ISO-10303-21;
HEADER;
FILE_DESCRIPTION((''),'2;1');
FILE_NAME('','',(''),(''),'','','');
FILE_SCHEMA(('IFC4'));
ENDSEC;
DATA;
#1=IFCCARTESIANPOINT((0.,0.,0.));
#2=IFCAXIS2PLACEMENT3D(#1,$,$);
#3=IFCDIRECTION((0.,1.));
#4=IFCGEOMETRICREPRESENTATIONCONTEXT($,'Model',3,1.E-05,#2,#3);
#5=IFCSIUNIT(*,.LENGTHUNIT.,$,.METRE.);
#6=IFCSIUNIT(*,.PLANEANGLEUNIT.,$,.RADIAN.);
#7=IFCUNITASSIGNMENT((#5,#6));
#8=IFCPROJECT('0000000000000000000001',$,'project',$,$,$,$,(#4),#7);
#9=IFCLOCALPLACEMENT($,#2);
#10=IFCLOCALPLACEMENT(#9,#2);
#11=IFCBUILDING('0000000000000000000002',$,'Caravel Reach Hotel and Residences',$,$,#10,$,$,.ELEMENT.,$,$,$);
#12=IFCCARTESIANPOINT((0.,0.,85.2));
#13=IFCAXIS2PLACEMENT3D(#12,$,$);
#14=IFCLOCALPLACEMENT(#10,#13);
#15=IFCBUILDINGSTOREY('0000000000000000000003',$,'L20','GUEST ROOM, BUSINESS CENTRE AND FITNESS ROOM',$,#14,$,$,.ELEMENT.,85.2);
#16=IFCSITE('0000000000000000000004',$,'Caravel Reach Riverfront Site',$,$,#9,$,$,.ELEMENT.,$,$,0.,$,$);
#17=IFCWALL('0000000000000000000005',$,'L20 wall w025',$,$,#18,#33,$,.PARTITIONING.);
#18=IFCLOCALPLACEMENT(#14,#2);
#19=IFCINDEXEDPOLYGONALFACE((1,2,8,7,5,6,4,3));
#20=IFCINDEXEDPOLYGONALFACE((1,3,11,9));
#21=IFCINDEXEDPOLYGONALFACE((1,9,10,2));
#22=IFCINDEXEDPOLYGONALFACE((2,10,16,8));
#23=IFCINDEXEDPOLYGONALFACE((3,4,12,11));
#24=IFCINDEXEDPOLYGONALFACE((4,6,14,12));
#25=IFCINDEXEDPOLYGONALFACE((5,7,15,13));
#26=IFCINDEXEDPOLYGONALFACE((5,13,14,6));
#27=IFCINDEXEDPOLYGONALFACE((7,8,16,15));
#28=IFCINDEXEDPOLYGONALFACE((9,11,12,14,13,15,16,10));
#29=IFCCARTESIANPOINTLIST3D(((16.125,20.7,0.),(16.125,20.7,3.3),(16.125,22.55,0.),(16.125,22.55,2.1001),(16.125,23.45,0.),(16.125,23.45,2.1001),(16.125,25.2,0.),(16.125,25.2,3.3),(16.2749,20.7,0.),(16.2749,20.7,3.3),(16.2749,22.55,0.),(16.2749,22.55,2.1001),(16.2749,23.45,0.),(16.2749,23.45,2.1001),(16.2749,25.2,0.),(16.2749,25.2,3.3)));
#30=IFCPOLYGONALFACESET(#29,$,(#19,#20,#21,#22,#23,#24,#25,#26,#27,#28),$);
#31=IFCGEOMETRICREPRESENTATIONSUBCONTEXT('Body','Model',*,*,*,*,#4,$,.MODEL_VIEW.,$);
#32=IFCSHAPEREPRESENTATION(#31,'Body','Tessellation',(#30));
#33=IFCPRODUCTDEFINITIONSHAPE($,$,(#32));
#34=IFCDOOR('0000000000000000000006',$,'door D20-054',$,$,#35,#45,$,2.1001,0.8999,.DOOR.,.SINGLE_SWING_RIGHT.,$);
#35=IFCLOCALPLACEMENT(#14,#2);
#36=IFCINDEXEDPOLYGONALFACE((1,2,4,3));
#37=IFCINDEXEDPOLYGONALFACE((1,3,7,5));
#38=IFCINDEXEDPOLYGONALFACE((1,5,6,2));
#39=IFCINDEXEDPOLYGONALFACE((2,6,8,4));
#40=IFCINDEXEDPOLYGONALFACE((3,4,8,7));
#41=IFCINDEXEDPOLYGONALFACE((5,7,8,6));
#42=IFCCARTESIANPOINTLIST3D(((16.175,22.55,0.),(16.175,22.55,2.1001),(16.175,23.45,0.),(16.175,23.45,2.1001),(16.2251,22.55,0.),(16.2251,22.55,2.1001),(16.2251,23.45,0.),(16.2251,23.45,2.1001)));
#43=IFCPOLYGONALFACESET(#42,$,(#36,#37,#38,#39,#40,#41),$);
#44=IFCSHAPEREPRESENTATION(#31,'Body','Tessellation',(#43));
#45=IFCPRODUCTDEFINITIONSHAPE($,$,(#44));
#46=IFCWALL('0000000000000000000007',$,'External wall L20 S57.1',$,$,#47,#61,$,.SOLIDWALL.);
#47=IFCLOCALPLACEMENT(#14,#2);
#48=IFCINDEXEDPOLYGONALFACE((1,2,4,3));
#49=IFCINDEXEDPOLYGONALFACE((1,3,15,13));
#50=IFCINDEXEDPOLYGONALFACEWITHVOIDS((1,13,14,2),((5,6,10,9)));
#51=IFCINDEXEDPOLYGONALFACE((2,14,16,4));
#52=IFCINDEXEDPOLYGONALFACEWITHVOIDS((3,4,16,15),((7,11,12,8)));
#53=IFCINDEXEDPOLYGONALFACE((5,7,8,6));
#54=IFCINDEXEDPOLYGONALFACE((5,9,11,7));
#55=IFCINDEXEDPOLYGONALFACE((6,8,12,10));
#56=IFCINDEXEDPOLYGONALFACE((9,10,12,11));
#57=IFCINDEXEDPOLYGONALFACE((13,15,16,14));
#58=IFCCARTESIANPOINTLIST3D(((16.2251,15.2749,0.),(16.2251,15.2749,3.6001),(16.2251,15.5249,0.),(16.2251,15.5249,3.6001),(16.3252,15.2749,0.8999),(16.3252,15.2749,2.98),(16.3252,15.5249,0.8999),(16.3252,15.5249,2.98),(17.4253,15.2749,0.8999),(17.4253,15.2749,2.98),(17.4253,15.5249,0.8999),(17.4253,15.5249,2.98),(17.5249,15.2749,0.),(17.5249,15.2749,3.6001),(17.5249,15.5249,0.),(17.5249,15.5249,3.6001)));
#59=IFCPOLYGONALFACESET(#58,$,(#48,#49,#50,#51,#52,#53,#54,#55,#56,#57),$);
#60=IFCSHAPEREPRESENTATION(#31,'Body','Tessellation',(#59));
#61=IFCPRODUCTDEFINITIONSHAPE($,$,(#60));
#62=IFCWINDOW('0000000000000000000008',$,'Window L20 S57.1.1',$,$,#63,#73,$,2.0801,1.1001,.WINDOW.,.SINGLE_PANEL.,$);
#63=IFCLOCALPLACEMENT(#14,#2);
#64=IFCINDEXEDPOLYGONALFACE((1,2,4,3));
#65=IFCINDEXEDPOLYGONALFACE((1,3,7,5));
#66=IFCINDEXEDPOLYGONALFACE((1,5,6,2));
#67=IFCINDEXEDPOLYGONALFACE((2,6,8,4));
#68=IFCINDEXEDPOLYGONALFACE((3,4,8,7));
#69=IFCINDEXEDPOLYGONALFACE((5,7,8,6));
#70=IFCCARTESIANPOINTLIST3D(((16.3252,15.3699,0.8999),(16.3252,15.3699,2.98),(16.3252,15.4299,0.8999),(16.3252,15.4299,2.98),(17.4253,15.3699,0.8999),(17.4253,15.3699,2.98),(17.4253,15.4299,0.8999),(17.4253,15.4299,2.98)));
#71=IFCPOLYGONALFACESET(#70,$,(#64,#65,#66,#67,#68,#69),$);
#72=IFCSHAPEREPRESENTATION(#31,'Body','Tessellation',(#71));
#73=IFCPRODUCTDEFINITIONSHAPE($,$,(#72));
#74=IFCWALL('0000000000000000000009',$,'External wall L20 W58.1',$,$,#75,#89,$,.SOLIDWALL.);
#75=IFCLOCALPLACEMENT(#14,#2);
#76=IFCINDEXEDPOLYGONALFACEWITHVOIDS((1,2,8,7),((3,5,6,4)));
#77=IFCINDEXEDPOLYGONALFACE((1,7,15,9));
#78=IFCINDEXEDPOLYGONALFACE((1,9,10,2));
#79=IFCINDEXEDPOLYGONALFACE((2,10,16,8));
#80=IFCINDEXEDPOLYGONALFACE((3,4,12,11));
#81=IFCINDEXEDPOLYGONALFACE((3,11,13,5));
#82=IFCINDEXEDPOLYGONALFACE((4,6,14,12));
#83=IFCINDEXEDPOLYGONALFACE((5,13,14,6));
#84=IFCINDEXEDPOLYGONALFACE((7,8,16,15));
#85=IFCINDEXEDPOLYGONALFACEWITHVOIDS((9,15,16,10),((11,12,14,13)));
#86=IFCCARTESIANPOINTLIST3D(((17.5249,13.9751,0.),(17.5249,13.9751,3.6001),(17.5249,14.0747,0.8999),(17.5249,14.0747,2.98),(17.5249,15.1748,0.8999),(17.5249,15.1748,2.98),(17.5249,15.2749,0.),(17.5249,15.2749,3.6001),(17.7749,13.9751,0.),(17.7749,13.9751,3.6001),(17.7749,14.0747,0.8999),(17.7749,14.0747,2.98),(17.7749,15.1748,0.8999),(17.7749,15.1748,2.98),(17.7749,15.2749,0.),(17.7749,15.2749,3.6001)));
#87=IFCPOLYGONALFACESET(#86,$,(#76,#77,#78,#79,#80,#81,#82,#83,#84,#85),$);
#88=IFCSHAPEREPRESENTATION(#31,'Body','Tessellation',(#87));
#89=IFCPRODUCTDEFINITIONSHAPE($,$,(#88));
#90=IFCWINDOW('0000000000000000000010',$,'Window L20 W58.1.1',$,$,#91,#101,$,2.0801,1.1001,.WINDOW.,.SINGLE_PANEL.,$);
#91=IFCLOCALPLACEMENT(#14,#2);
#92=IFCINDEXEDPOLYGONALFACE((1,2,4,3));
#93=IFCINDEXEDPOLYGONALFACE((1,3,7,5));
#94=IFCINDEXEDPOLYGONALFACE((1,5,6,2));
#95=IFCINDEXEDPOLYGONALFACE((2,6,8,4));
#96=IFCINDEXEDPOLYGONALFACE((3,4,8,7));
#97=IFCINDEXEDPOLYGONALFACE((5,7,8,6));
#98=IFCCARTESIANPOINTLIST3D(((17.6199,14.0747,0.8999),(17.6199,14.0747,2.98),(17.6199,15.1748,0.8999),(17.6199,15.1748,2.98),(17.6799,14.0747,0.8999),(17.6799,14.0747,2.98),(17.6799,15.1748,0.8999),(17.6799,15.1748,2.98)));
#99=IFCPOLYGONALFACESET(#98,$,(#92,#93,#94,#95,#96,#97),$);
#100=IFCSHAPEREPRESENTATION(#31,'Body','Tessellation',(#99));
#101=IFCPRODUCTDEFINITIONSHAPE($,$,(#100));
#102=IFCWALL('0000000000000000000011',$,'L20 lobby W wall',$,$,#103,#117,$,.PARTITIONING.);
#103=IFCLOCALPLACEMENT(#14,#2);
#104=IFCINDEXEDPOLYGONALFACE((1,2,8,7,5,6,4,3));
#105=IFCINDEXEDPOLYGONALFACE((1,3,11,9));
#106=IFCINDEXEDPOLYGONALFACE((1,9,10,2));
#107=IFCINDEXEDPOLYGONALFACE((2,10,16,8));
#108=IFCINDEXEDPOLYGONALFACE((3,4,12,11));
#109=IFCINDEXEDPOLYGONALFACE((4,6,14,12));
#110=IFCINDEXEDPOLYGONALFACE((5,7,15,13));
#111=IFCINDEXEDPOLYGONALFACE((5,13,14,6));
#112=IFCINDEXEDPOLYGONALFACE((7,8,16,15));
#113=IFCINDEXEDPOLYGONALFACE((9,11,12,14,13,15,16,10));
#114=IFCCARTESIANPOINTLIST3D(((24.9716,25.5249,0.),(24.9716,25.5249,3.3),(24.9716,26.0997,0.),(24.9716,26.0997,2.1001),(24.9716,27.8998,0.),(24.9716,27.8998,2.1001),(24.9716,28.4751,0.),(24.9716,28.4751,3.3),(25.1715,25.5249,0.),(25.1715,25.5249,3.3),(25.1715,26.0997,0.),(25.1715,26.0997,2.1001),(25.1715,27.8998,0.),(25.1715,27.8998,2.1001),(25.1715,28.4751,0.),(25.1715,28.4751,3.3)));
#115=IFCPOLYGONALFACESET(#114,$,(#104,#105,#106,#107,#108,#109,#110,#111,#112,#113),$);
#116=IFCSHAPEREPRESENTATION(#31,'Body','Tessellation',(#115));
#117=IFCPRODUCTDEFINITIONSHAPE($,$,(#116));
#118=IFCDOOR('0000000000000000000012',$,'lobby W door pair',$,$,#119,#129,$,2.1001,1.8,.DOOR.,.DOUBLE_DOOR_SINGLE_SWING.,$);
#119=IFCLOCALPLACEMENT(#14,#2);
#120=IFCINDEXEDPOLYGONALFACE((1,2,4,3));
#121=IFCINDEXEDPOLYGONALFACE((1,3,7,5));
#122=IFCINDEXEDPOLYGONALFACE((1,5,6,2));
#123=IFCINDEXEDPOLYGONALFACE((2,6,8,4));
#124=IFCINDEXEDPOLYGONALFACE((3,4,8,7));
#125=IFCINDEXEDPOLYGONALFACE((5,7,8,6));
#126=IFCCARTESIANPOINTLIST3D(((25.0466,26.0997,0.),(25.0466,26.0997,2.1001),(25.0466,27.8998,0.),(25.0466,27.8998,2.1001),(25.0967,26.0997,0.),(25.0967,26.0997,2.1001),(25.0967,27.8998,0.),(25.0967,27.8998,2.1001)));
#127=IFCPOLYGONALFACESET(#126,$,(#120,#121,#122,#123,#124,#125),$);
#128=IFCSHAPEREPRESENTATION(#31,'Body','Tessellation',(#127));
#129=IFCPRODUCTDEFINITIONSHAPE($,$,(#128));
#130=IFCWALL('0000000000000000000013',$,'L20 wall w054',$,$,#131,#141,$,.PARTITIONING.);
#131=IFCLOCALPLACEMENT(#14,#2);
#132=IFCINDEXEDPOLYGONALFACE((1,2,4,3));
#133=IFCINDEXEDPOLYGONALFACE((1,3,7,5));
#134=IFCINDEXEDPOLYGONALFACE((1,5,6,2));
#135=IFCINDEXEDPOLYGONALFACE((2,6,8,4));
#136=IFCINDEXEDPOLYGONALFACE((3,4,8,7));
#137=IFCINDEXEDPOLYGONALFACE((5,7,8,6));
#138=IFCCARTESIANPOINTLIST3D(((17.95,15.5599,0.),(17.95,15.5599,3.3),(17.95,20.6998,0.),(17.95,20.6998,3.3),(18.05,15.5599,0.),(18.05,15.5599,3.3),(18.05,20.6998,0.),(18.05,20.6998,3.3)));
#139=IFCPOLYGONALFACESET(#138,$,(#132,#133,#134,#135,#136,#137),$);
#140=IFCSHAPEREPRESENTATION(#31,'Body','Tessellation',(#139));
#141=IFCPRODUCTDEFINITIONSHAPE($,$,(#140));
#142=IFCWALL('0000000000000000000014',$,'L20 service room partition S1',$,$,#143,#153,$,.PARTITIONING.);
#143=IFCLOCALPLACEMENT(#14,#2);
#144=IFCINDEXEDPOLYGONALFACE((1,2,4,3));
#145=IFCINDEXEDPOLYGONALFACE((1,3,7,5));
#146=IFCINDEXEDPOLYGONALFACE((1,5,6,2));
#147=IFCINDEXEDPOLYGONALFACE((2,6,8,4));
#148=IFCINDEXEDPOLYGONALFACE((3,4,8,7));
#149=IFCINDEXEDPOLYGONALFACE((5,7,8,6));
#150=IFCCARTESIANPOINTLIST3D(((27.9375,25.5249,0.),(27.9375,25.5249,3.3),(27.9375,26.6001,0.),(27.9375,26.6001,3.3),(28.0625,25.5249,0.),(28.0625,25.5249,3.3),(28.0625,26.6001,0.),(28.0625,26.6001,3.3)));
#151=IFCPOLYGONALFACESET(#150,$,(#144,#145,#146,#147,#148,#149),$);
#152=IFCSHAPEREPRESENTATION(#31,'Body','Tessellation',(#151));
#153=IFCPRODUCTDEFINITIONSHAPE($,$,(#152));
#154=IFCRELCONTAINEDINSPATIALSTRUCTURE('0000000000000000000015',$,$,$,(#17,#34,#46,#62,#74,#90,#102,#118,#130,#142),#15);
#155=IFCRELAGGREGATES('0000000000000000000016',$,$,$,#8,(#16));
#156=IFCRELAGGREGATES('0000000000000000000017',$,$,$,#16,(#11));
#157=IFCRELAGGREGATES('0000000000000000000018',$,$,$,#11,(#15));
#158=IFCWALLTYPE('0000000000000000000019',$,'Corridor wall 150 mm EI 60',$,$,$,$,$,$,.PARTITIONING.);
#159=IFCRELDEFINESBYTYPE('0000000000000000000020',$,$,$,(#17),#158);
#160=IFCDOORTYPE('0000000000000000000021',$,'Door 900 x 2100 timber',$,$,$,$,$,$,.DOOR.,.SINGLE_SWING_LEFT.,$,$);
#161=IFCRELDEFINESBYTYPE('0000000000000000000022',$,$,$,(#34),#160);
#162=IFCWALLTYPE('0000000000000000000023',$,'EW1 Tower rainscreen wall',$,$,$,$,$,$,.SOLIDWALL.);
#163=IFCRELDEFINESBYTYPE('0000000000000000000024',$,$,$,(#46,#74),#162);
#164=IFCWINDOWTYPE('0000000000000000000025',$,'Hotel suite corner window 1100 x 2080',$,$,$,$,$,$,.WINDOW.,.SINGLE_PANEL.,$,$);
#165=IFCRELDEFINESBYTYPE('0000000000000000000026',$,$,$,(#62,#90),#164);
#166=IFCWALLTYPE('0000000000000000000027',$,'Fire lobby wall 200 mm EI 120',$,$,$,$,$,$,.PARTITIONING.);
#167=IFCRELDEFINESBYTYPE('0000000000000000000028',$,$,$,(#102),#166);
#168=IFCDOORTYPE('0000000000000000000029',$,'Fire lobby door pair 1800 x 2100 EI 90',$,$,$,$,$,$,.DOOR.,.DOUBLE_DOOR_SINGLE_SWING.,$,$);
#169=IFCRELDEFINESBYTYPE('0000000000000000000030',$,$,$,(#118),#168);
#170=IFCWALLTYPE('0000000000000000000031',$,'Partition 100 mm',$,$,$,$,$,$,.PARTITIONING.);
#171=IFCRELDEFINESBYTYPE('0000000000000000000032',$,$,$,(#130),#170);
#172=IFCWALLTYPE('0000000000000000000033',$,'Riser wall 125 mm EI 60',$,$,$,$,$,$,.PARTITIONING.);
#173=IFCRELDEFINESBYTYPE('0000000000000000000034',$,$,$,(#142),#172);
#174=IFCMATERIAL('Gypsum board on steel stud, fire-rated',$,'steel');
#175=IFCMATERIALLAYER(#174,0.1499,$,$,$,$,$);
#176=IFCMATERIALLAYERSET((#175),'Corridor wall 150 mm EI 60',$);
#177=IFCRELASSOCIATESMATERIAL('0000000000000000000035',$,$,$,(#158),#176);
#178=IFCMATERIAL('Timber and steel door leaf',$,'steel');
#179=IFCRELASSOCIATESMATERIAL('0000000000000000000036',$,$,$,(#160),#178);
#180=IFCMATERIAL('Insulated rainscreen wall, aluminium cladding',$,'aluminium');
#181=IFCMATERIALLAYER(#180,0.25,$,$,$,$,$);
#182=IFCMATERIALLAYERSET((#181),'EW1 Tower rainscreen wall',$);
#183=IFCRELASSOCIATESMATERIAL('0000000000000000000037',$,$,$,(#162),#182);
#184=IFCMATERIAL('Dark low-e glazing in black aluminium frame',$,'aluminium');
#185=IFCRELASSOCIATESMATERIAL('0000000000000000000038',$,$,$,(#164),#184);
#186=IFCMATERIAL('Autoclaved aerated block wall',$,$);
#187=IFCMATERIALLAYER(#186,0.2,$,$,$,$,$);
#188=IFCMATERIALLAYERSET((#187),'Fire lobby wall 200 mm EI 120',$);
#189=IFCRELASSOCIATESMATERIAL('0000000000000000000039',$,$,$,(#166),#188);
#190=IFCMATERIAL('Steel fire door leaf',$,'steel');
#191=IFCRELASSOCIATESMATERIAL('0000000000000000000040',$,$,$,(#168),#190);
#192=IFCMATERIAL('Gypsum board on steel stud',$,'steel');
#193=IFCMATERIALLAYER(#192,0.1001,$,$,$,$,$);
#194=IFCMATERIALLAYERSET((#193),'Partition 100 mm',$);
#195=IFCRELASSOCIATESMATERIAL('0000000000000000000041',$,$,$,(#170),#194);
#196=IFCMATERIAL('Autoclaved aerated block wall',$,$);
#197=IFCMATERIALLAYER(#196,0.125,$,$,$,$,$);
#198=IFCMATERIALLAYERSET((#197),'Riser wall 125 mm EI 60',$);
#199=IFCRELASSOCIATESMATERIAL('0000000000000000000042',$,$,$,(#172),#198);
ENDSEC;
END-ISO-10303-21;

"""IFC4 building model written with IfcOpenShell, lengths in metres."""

from ifc_helpers import new_model, si_unit, direction, frame, frame_2d, origin, place, context, subcontext, project, spatial, rectangle, extrude, material, layer, layer_set, type_object, element, fill, save


model = new_model("IFC4")

# Units and contexts
model_context = context("Model", 3, precision=1e-05, world=origin(), true_north=direction((0.0, 1.0)))
body_context = subcontext(model_context, "Body", "Model", "MODEL_VIEW")
ifc_project = project(units=[si_unit("LENGTHUNIT", "METRE"), si_unit("PLANEANGLEUNIT", "RADIAN")], contexts=[model_context])

# Site, building, storey
site_placement = place(None, origin())
site = spatial("IfcSite", under=ifc_project, at=site_placement, Name="Caravel Reach Riverfront Site", CompositionType="ELEMENT", RefElevation=0.0)
building_placement = place(site_placement, origin())
building = spatial("IfcBuilding", under=site, at=building_placement, Name="Caravel Reach Hotel and Residences", CompositionType="ELEMENT")
storey_placement = place(building_placement, frame((0.0, 0.0, 85.2)))
storey = spatial("IfcBuildingStorey", under=building, at=storey_placement, Name="L20", Description="GUEST ROOM, BUSINESS CENTRE AND FITNESS ROOM", CompositionType="ELEMENT", Elevation=85.2)

# Wall, opening, door
ifc_material_1 = material(Name="Gypsum board on steel stud, fire-rated", Category="steel")
ifc_layer_1 = layer(ifc_material_1, 0.1499)
ifc_layer_set_1 = layer_set([ifc_layer_1], Name="Corridor wall 150 mm EI 60")
wall_type_1 = type_object("IfcWallType", Name="Corridor wall 150 mm EI 60", PredefinedType="PARTITIONING", material=ifc_layer_set_1)
wall_1_placement = place(storey_placement, frame((16.2, 20.7, 0.0), z_axis=(0.0, 0.0, 1.0), x_axis=(0.0, 1.0, 0.0)))
wall_1 = element("IfcWall", 1, at=wall_1_placement, inside=storey, type_object=wall_type_1, Name="L20 wall w025", PredefinedType="PARTITIONING", context=body_context, shape_type="SweptSolid", body=[
    extrude(rectangle(XDim=4.5, YDim=0.1499, at=frame_2d((2.25, 0.0))), origin(), (0.0, 0.0, 1.0), 3.3),
])
opening_1_placement = place(wall_1_placement, frame((1.8501, 0.0, 0.0)))
opening_1 = element("IfcOpeningElement", 2, at=opening_1_placement, cuts=wall_1, PredefinedType="OPENING", context=body_context, shape_type="SweptSolid", body=[
    extrude(rectangle(XDim=0.8999, YDim=2.1001, at=frame_2d((0.45, 1.05))), frame((0.0, 0.085, 0.0), z_axis=(0.0, -1.0, 0.0), x_axis=(1.0, 0.0, 0.0)), (0.0, 0.0, 1.0), 0.1699),
])
ifc_material_2 = material(Name="Timber and steel door leaf", Category="steel")
door_type_1 = type_object("IfcDoorType", Name="Door 900 x 2100 timber", OperationType="SINGLE_SWING_LEFT", PredefinedType="DOOR", material=ifc_material_2)
door_1_placement = place(opening_1_placement, origin())
door_1 = element("IfcDoor", 3, at=door_1_placement, inside=storey, type_object=door_type_1, Name="door D20-054", OperationType="SINGLE_SWING_RIGHT", OverallHeight=2.1001, OverallWidth=0.8999, PredefinedType="DOOR", context=body_context, shape_type="SweptSolid", body=[
    extrude(rectangle(XDim=0.8999, YDim=2.1001, at=frame_2d((0.45, 1.05))), frame((0.0, 0.0249, 0.0), z_axis=(0.0, -1.0, 0.0), x_axis=(1.0, 0.0, 0.0)), (0.0, 0.0, 1.0), 0.05),
])
fill(opening_1, door_1)

# Walls, openings, windows
ifc_material_3 = material(Name="Insulated rainscreen wall, aluminium cladding", Category="aluminium")
ifc_layer_2 = layer(ifc_material_3, 0.25)
ifc_layer_set_2 = layer_set([ifc_layer_2], Name="EW1 Tower rainscreen wall")
wall_type_2 = type_object("IfcWallType", Name="EW1 Tower rainscreen wall", PredefinedType="SOLIDWALL", material=ifc_layer_set_2)
wall_2_placement = place(storey_placement, frame((16.2251, 15.3999, 0.0), z_axis=(0.0, 0.0, 1.0), x_axis=(1.0, 0.0, 0.0)))
wall_2 = element("IfcWall", 4, at=wall_2_placement, inside=storey, type_object=wall_type_2, Name="External wall L20 S57.1", PredefinedType="SOLIDWALL", context=body_context, shape_type="SweptSolid", body=[
    extrude(rectangle(XDim=1.2998, YDim=0.25, at=frame_2d((0.6499, 0.0))), origin(), (0.0, 0.0, 1.0), 3.6001),
])
opening_2_placement = place(wall_2_placement, frame((0.1001, 0.0, 0.8999)))
opening_2 = element("IfcOpeningElement", 5, at=opening_2_placement, cuts=wall_2, PredefinedType="OPENING", context=body_context, shape_type="SweptSolid", body=[
    extrude(rectangle(XDim=1.1001, YDim=2.0801, at=frame_2d((0.55, 1.04))), frame((0.0, 0.135, 0.0), z_axis=(0.0, -1.0, 0.0), x_axis=(1.0, 0.0, 0.0)), (0.0, 0.0, 1.0), 0.27),
])
ifc_material_4 = material(Name="Dark low-e glazing in black aluminium frame", Category="aluminium")
window_type = type_object("IfcWindowType", Name="Hotel suite corner window 1100 x 2080", PartitioningType="SINGLE_PANEL", PredefinedType="WINDOW", material=ifc_material_4)
window_1_placement = place(opening_2_placement, origin())
window_1 = element("IfcWindow", 6, at=window_1_placement, inside=storey, type_object=window_type, Name="Window L20 S57.1.1", OverallHeight=2.0801, OverallWidth=1.1001, PartitioningType="SINGLE_PANEL", PredefinedType="WINDOW", context=body_context, shape_type="SweptSolid", body=[
    extrude(rectangle(XDim=1.1001, YDim=2.0801, at=frame_2d((0.55, 1.04))), frame((0.0, 0.03, 0.0), z_axis=(0.0, -1.0, 0.0), x_axis=(1.0, 0.0, 0.0)), (0.0, 0.0, 1.0), 0.0601),
])
fill(opening_2, window_1)
wall_3_placement = place(storey_placement, frame((17.6499, 15.2749, 0.0), z_axis=(0.0, 0.0, 1.0), x_axis=(0.0, -1.0, 0.0)))
wall_3 = element("IfcWall", 7, at=wall_3_placement, inside=storey, type_object=wall_type_2, Name="External wall L20 W58.1", PredefinedType="SOLIDWALL", context=body_context, shape_type="SweptSolid", body=[
    extrude(rectangle(XDim=1.2998, YDim=0.25, at=frame_2d((0.6499, 0.0))), origin(), (0.0, 0.0, 1.0), 3.6001),
])
opening_3_placement = place(wall_3_placement, frame((0.1001, 0.0, 0.8999)))
opening_3 = element("IfcOpeningElement", 8, at=opening_3_placement, cuts=wall_3, PredefinedType="OPENING", context=body_context, shape_type="SweptSolid", body=[
    extrude(rectangle(XDim=1.1001, YDim=2.0801, at=frame_2d((0.55, 1.04))), frame((0.0, 0.135, 0.0), z_axis=(0.0, -1.0, 0.0), x_axis=(1.0, 0.0, 0.0)), (0.0, 0.0, 1.0), 0.27),
])
window_2_placement = place(opening_3_placement, origin())
window_2 = element("IfcWindow", 9, at=window_2_placement, inside=storey, type_object=window_type, Name="Window L20 W58.1.1", OverallHeight=2.0801, OverallWidth=1.1001, PartitioningType="SINGLE_PANEL", PredefinedType="WINDOW", context=body_context, shape_type="SweptSolid", body=[
    extrude(rectangle(XDim=1.1001, YDim=2.0801, at=frame_2d((0.55, 1.04))), frame((0.0, 0.03, 0.0), z_axis=(0.0, -1.0, 0.0), x_axis=(1.0, 0.0, 0.0)), (0.0, 0.0, 1.0), 0.0601),
])
fill(opening_3, window_2)

# Wall, opening, door
ifc_material_5 = material(Name="Autoclaved aerated block wall")
ifc_layer_3 = layer(ifc_material_5, 0.2)
ifc_layer_set_3 = layer_set([ifc_layer_3], Name="Fire lobby wall 200 mm EI 120")
wall_type_3 = type_object("IfcWallType", Name="Fire lobby wall 200 mm EI 120", PredefinedType="PARTITIONING", material=ifc_layer_set_3)
wall_4_placement = place(storey_placement, frame((25.0715, 25.5249, 0.0), z_axis=(0.0, 0.0, 1.0), x_axis=(0.0, 1.0, 0.0)))
wall_4 = element("IfcWall", 10, at=wall_4_placement, inside=storey, type_object=wall_type_3, Name="L20 lobby W wall", PredefinedType="PARTITIONING", context=body_context, shape_type="SweptSolid", body=[
    extrude(rectangle(XDim=2.9502, YDim=0.2, at=frame_2d((1.4751, 0.0))), origin(), (0.0, 0.0, 1.0), 3.3),
])
opening_4_placement = place(wall_4_placement, frame((0.575, 0.0, 0.0)))
opening_4 = element("IfcOpeningElement", 11, at=opening_4_placement, cuts=wall_4, PredefinedType="OPENING", context=body_context, shape_type="SweptSolid", body=[
    extrude(rectangle(XDim=1.8, YDim=2.1001, at=frame_2d((0.8999, 1.05))), frame((0.0, 0.1099, 0.0), z_axis=(0.0, -1.0, 0.0), x_axis=(1.0, 0.0, 0.0)), (0.0, 0.0, 1.0), 0.22),
])
ifc_material_6 = material(Name="Steel fire door leaf", Category="steel")
door_type_2 = type_object("IfcDoorType", Name="Fire lobby door pair 1800 x 2100 EI 90", OperationType="DOUBLE_DOOR_SINGLE_SWING", PredefinedType="DOOR", material=ifc_material_6)
door_2_placement = place(opening_4_placement, origin())
door_2 = element("IfcDoor", 12, at=door_2_placement, inside=storey, type_object=door_type_2, Name="lobby W door pair", OperationType="DOUBLE_DOOR_SINGLE_SWING", OverallHeight=2.1001, OverallWidth=1.8, PredefinedType="DOOR", context=body_context, shape_type="SweptSolid", body=[
    extrude(rectangle(XDim=1.8, YDim=2.1001, at=frame_2d((0.8999, 1.05))), frame((0.0, 0.0249, 0.0), z_axis=(0.0, -1.0, 0.0), x_axis=(1.0, 0.0, 0.0)), (0.0, 0.0, 1.0), 0.05),
])
fill(opening_4, door_2)

# Walls
ifc_material_7 = material(Name="Gypsum board on steel stud", Category="steel")
ifc_layer_4 = layer(ifc_material_7, 0.1001)
ifc_layer_set_4 = layer_set([ifc_layer_4], Name="Partition 100 mm")
wall_type_4 = type_object("IfcWallType", Name="Partition 100 mm", PredefinedType="PARTITIONING", material=ifc_layer_set_4)
wall_5_placement = place(storey_placement, frame((18.0, 15.5601, 0.0), z_axis=(0.0, 0.0, 1.0), x_axis=(0.0, 1.0, 0.0)))
element("IfcWall", 13, at=wall_5_placement, inside=storey, type_object=wall_type_4, Name="L20 wall w054", PredefinedType="PARTITIONING", context=body_context, shape_type="SweptSolid", body=[
    extrude(rectangle(XDim=5.1399, YDim=0.1001, at=frame_2d((2.5698, 0.0))), origin(), (0.0, 0.0, 1.0), 3.3),
])
ifc_material_8 = material(Name="Autoclaved aerated block wall")
ifc_layer_5 = layer(ifc_material_8, 0.125)
ifc_layer_set_5 = layer_set([ifc_layer_5], Name="Riser wall 125 mm EI 60")
wall_type_5 = type_object("IfcWallType", Name="Riser wall 125 mm EI 60", PredefinedType="PARTITIONING", material=ifc_layer_set_5)
wall_6_placement = place(storey_placement, frame((28.0, 25.5249, 0.0), z_axis=(0.0, 0.0, 1.0), x_axis=(0.0, 1.0, 0.0)))
element("IfcWall", 14, at=wall_6_placement, inside=storey, type_object=wall_type_5, Name="L20 service room partition S1", PredefinedType="PARTITIONING", context=body_context, shape_type="SweptSolid", body=[
    extrude(rectangle(XDim=1.0752, YDim=0.125, at=frame_2d((0.5376, 0.0))), origin(), (0.0, 0.0, 1.0), 3.3),
])

save(model, "model.ifc")
